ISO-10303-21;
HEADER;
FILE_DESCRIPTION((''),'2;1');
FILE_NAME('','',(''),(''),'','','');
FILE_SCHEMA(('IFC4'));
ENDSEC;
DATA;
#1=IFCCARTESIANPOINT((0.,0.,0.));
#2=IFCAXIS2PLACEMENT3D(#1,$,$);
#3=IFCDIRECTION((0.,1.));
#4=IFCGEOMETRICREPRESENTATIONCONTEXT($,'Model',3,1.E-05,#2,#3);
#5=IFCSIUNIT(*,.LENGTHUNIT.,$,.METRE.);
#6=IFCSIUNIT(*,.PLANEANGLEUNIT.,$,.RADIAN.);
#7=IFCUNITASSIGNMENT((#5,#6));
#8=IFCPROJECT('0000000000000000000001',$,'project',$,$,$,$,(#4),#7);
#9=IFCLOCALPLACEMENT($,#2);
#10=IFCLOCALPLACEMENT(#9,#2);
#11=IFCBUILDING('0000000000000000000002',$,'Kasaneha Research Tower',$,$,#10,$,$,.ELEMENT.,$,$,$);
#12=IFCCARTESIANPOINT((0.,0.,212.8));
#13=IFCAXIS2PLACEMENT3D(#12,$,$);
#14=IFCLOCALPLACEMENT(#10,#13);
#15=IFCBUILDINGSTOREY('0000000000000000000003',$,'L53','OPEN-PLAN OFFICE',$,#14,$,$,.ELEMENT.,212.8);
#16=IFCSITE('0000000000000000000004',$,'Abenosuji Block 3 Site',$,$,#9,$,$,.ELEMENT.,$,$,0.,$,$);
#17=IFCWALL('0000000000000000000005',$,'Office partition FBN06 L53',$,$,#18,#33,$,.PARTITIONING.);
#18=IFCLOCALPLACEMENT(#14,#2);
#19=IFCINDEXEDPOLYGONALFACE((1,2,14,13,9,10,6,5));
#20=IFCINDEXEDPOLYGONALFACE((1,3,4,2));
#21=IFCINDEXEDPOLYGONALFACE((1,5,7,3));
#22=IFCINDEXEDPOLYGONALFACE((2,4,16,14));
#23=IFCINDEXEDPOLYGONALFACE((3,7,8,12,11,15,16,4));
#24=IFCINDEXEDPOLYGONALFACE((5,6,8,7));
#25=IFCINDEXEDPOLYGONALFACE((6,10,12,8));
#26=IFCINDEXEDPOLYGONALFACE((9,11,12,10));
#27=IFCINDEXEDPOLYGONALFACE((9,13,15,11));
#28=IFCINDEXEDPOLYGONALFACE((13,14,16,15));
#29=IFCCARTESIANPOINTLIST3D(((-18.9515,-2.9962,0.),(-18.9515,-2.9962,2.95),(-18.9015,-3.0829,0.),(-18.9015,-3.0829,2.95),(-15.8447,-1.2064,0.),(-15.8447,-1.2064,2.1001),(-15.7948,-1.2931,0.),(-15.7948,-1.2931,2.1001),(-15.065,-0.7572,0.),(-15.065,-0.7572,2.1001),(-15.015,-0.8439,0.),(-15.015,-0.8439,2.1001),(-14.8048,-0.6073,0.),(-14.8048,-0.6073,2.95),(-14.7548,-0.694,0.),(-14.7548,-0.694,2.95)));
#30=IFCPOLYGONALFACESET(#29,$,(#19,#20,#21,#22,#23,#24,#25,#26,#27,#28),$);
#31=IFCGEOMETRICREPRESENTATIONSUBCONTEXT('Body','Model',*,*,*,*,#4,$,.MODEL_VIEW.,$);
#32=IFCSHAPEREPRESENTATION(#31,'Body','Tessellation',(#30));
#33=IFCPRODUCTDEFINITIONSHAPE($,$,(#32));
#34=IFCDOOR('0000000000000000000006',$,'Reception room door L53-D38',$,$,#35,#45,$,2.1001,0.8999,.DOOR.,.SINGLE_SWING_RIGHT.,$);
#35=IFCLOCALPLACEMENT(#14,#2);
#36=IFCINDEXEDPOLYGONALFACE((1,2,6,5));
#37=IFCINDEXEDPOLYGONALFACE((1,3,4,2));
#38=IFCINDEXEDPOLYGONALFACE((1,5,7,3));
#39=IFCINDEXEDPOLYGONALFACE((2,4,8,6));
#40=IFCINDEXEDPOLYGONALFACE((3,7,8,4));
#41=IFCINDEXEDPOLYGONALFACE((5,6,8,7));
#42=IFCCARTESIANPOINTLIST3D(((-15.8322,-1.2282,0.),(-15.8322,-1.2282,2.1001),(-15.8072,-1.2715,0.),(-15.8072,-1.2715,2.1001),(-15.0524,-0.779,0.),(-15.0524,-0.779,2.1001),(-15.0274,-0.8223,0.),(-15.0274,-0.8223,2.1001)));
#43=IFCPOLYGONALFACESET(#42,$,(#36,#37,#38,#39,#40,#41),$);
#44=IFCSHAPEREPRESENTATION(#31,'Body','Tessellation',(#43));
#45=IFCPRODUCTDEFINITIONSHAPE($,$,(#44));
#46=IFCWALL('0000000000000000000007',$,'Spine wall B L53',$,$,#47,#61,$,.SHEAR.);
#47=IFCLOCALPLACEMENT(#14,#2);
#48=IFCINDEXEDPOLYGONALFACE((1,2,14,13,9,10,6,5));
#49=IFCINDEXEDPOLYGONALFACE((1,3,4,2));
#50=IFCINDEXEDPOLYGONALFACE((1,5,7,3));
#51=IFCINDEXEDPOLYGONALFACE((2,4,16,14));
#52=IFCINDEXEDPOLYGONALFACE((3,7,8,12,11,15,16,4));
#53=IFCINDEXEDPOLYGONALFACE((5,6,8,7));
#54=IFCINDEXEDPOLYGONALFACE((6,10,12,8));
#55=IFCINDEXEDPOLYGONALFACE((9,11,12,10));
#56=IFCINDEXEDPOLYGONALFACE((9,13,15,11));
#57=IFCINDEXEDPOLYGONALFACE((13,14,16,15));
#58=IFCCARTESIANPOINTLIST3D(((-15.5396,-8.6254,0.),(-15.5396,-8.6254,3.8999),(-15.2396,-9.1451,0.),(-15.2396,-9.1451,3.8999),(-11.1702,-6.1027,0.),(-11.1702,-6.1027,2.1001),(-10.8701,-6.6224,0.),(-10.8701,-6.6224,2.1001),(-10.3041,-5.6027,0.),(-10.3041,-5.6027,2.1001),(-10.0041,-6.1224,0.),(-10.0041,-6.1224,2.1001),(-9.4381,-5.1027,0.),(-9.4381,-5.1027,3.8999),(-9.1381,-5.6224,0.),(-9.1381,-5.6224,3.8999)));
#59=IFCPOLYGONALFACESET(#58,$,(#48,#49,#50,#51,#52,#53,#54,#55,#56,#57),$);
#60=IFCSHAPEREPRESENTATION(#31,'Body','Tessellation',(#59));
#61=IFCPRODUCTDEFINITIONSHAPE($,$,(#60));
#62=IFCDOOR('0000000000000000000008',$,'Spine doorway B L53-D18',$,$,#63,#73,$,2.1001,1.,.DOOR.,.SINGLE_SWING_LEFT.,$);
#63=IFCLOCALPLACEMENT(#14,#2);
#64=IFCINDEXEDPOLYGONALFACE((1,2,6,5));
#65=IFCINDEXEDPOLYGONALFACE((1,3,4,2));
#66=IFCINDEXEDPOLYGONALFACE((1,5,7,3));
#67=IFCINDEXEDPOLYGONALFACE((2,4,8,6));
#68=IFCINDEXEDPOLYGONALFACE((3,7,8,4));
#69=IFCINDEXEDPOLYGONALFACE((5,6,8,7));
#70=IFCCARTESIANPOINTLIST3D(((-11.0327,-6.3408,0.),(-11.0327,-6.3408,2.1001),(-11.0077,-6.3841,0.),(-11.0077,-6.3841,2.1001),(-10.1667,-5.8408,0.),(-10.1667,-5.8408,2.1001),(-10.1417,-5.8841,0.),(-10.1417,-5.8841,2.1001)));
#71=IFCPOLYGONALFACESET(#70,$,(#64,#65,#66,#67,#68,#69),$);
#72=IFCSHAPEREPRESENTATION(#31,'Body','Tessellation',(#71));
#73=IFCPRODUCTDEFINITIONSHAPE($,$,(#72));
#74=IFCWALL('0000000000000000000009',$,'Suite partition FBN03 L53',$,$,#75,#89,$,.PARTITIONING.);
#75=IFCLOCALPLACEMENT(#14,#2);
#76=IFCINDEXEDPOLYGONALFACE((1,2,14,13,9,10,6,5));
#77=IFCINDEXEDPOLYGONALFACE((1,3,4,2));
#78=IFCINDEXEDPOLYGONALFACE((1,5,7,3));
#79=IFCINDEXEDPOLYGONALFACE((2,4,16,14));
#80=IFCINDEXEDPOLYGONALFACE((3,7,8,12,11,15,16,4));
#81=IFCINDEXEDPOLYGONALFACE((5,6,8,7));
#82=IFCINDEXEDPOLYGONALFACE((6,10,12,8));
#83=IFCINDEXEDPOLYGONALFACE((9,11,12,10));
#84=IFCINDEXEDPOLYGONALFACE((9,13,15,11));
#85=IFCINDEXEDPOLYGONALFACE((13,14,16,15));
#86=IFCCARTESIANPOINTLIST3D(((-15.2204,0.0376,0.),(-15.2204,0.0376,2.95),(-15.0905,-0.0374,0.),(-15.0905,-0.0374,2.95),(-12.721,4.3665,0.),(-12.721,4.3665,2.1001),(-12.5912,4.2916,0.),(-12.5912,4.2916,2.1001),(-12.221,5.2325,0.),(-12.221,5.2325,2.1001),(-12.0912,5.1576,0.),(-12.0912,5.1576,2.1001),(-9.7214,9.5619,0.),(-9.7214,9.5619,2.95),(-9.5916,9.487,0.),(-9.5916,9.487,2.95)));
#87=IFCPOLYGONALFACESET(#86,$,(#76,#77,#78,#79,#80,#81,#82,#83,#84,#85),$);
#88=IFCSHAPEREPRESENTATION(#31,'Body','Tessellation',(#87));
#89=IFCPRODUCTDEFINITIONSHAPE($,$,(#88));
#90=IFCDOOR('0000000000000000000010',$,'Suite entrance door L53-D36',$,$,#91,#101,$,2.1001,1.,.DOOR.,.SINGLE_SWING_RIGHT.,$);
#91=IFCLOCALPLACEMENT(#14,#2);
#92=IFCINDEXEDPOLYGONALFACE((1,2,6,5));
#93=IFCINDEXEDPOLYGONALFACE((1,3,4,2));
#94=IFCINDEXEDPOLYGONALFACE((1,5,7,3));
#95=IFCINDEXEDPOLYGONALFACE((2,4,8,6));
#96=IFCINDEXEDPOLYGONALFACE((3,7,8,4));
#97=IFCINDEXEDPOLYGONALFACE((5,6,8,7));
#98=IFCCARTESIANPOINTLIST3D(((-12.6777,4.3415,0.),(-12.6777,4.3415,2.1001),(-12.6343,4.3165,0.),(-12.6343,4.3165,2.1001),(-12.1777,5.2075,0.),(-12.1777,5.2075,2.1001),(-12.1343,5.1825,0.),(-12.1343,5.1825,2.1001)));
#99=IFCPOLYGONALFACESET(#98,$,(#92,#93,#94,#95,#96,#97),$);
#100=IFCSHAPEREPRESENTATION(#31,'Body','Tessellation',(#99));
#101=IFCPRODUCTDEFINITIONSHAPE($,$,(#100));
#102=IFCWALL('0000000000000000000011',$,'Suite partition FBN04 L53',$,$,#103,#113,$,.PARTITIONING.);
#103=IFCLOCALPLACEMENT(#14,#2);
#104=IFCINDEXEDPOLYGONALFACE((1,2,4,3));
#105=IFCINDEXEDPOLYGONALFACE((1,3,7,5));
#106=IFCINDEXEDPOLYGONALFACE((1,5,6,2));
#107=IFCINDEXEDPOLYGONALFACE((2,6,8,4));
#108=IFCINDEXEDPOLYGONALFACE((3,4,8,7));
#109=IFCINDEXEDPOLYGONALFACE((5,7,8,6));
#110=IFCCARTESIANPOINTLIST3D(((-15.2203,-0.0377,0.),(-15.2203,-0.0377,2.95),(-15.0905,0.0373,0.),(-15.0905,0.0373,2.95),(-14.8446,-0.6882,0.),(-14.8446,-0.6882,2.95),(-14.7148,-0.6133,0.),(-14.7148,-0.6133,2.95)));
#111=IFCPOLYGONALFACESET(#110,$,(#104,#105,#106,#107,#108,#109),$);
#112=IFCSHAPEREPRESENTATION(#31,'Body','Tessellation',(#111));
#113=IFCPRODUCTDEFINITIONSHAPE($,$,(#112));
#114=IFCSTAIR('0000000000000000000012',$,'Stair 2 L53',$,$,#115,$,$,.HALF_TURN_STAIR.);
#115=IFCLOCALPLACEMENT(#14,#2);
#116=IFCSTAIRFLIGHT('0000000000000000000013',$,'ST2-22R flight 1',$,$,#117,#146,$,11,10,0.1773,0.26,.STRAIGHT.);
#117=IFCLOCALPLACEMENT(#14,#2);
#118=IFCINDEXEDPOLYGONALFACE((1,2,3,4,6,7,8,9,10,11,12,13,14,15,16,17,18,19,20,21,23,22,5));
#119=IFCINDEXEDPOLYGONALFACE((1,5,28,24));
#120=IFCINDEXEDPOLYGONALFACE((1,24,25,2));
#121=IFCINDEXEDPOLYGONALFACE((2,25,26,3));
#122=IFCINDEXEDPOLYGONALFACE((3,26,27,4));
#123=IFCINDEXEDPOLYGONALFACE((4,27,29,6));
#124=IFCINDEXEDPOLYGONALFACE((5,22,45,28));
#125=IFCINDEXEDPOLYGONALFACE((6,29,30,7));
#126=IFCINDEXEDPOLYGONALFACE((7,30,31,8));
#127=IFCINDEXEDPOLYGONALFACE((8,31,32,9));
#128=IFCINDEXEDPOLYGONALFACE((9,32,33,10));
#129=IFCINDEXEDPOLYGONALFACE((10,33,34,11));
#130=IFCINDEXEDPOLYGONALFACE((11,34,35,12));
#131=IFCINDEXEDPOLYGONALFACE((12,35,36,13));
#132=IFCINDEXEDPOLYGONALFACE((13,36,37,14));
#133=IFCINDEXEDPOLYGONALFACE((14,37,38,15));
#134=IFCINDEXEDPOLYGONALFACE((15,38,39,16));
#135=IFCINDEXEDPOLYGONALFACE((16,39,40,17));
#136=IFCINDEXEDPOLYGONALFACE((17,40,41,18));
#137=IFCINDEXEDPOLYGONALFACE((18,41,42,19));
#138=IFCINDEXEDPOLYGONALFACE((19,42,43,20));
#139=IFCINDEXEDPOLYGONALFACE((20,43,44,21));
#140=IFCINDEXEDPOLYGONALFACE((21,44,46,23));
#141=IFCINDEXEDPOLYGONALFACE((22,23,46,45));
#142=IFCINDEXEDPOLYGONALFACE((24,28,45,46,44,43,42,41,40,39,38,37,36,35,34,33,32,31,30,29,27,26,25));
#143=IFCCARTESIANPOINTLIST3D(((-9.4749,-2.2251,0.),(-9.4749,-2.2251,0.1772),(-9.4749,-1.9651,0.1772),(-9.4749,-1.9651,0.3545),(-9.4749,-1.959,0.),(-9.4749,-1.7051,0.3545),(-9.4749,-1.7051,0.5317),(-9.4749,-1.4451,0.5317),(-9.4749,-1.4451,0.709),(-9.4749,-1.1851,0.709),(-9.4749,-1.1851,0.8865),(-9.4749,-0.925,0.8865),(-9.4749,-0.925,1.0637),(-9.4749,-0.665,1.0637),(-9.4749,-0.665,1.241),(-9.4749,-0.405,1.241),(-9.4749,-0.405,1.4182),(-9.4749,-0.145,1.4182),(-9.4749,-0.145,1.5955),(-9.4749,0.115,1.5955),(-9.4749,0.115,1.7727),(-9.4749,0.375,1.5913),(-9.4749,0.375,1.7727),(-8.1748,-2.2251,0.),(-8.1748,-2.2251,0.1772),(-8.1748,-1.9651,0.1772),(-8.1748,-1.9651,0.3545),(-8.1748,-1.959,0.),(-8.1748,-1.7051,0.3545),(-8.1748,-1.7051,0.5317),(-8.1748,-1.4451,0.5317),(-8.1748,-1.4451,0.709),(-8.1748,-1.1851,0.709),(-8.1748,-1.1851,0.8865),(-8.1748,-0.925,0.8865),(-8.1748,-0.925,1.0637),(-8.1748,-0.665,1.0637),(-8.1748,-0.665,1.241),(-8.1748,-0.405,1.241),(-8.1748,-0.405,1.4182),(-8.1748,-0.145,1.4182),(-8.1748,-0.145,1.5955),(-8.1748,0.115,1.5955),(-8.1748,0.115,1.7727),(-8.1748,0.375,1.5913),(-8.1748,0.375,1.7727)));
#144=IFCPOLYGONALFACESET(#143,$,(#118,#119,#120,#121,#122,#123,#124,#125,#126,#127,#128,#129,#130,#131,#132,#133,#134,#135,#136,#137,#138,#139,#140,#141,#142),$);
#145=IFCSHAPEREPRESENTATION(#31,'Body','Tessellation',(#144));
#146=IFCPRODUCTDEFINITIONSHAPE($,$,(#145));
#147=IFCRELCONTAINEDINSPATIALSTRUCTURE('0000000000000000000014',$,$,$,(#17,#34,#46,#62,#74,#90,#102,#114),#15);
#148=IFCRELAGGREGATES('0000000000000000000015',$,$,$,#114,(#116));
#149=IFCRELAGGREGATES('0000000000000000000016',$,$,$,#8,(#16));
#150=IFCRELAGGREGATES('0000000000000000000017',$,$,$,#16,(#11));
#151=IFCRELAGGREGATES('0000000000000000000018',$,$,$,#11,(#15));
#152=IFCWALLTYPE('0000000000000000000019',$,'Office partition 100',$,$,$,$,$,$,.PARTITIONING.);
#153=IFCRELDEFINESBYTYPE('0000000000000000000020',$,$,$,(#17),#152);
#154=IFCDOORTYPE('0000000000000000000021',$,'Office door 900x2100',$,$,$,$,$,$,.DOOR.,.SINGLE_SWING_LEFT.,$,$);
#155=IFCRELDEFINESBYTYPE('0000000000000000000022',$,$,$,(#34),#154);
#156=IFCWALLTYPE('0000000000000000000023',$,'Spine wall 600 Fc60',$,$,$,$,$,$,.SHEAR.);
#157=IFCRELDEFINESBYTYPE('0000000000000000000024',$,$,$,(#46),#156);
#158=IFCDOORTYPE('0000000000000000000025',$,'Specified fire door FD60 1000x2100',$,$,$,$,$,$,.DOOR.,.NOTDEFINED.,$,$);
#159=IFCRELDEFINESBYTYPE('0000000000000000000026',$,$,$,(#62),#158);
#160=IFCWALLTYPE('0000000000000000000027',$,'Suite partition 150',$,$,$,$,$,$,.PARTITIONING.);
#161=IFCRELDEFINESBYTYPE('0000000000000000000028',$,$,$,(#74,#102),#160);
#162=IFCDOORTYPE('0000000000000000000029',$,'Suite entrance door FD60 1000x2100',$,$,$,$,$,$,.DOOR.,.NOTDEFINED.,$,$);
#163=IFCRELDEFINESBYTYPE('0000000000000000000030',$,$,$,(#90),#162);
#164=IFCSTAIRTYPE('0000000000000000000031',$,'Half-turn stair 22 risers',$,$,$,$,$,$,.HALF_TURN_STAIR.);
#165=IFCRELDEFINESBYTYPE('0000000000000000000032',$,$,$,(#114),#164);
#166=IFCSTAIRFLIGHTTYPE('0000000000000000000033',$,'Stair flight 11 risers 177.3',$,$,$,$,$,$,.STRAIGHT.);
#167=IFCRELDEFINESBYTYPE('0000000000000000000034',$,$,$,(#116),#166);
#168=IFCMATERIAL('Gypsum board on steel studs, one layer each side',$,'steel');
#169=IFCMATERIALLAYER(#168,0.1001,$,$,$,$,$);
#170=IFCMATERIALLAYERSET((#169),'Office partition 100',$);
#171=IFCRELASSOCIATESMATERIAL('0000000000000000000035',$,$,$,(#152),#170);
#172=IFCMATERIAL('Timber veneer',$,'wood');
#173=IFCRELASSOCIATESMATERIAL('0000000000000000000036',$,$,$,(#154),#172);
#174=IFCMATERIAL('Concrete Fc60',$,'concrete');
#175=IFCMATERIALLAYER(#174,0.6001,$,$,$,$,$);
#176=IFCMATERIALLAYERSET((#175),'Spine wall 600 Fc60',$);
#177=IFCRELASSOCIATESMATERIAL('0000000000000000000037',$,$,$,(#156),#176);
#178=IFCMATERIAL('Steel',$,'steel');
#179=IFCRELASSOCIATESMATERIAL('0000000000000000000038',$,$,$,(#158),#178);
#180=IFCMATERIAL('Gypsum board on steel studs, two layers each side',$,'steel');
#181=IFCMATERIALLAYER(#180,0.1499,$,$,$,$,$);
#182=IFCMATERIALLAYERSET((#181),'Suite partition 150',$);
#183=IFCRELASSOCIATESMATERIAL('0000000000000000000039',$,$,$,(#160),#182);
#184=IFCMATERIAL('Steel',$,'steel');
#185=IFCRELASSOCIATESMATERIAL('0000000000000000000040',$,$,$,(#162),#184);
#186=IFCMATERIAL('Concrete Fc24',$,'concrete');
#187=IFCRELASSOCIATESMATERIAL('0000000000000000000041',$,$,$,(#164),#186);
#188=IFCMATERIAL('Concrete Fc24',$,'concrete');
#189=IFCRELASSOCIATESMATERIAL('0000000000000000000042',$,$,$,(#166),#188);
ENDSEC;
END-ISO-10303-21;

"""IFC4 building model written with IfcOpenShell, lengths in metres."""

from ifc_helpers import new_model, si_unit, direction, frame, frame_2d, origin, place, context, subcontext, project, spatial, polyline, rectangle, outline, extrude, material, layer, layer_set, type_object, element, fill, aggregate, save


model = new_model("IFC4")

# Units and contexts
model_context = context("Model", 3, precision=1e-05, world=origin(), true_north=direction((0.0, 1.0)))
body_context = subcontext(model_context, "Body", "Model", "MODEL_VIEW")
ifc_project = project(units=[si_unit("LENGTHUNIT", "METRE"), si_unit("PLANEANGLEUNIT", "RADIAN")], contexts=[model_context])

# Site, building, storey
site_placement = place(None, origin())
site = spatial("IfcSite", under=ifc_project, at=site_placement, Name="Abenosuji Block 3 Site", CompositionType="ELEMENT", RefElevation=0.0)
building_placement = place(site_placement, origin())
building = spatial("IfcBuilding", under=site, at=building_placement, Name="Kasaneha Research Tower", CompositionType="ELEMENT")
storey_placement = place(building_placement, frame((0.0, 0.0, 212.8)))
storey = spatial("IfcBuildingStorey", under=building, at=storey_placement, Name="L53", Description="OPEN-PLAN OFFICE", CompositionType="ELEMENT", Elevation=212.8)

# Walls, openings, doors
ifc_material_1 = material(Name="Gypsum board on steel studs, one layer each side", Category="steel")
ifc_layer_1 = layer(ifc_material_1, 0.1001)
ifc_layer_set_1 = layer_set([ifc_layer_1], Name="Office partition 100")
wall_type_1 = type_object("IfcWallType", Name="Office partition 100", PredefinedType="PARTITIONING", material=ifc_layer_set_1)
wall_1_placement = place(storey_placement, frame((-18.9265, -3.0396, 0.0), z_axis=(0.0, 0.0, 1.0), x_axis=(0.866495, 0.499185, 0.0)))
wall_1 = element("IfcWall", 1, at=wall_1_placement, inside=storey, type_object=wall_type_1, Name="Office partition FBN06 L53", PredefinedType="PARTITIONING", context=body_context, shape_type="SweptSolid", body=[
    extrude(rectangle(XDim=4.7856, YDim=0.1001, at=frame_2d((2.3928, 0.0))), origin(), (0.0, 0.0, 1.0), 2.95),
])
opening_1_placement = place(wall_1_placement, frame((3.5854, 0.0, 0.0)))
opening_1 = element("IfcOpeningElement", 2, at=opening_1_placement, cuts=wall_1, PredefinedType="OPENING", context=body_context, shape_type="SweptSolid", body=[
    extrude(rectangle(XDim=0.8999, YDim=2.1001, at=frame_2d((0.45, 1.05))), frame((0.0, 0.0601, 0.0), z_axis=(0.0, -1.0, 0.0), x_axis=(1.0, 0.0, 0.0)), (0.0, 0.0, 1.0), 0.1201),
])
ifc_material_2 = material(Name="Timber veneer", Category="wood")
door_type_1 = type_object("IfcDoorType", Name="Office door 900x2100", OperationType="SINGLE_SWING_LEFT", PredefinedType="DOOR", material=ifc_material_2)
door_1_placement = place(opening_1_placement, origin())
door_1 = element("IfcDoor", 3, at=door_1_placement, inside=storey, type_object=door_type_1, Name="Reception room door L53-D38", OperationType="SINGLE_SWING_RIGHT", OverallHeight=2.1001, OverallWidth=0.8999, PredefinedType="DOOR", context=body_context, shape_type="SweptSolid", body=[
    extrude(rectangle(XDim=0.8999, YDim=2.1001, at=frame_2d((0.45, 1.05))), frame((0.0, 0.0249, 0.0), z_axis=(0.0, -1.0, 0.0), x_axis=(1.0, 0.0, 0.0)), (0.0, 0.0, 1.0), 0.05),
])
fill(opening_1, door_1)
ifc_material_3 = material(Name="Concrete Fc60", Category="concrete")
ifc_layer_2 = layer(ifc_material_3, 0.6001)
ifc_layer_set_2 = layer_set([ifc_layer_2], Name="Spine wall 600 Fc60")
wall_type_2 = type_object("IfcWallType", Name="Spine wall 600 Fc60", PredefinedType="SHEAR", material=ifc_layer_set_2)
wall_2_placement = place(storey_placement, frame((-9.2881, -5.3625, 0.0), z_axis=(0.0, 0.0, 1.0), x_axis=(-0.866027, -0.499996, 0.0)))
wall_2 = element("IfcWall", 4, at=wall_2_placement, inside=storey, type_object=wall_type_2, Name="Spine wall B L53", PredefinedType="SHEAR", context=body_context, shape_type="SweptSolid", body=[
    extrude(rectangle(XDim=7.0454, YDim=0.6001, at=frame_2d((3.5227, 0.0))), origin(), (0.0, 0.0, 1.0), 3.8999),
])
opening_2_placement = place(wall_2_placement, frame((1.0, 0.0, 0.0)))
opening_2 = element("IfcOpeningElement", 5, at=opening_2_placement, cuts=wall_2, PredefinedType="OPENING", context=body_context, shape_type="SweptSolid", body=[
    extrude(rectangle(XDim=1.0, YDim=2.1001, at=frame_2d((0.5, 1.05))), frame((0.0, 0.3101, 0.0), z_axis=(0.0, -1.0, 0.0), x_axis=(1.0, 0.0, 0.0)), (0.0, 0.0, 1.0), 0.6201),
])
ifc_material_4 = material(Name="Steel", Category="steel")
door_type_2 = type_object("IfcDoorType", Name="Specified fire door FD60 1000x2100", OperationType="NOTDEFINED", PredefinedType="DOOR", material=ifc_material_4)
door_2_placement = place(opening_2_placement, origin())
door_2 = element("IfcDoor", 6, at=door_2_placement, inside=storey, type_object=door_type_2, Name="Spine doorway B L53-D18", OperationType="SINGLE_SWING_LEFT", OverallHeight=2.1001, OverallWidth=1.0, PredefinedType="DOOR", context=body_context, shape_type="SweptSolid", body=[
    extrude(rectangle(XDim=1.0, YDim=2.1001, at=frame_2d((0.5, 1.05))), frame((0.0, 0.0249, 0.0), z_axis=(0.0, -1.0, 0.0), x_axis=(1.0, 0.0, 0.0)), (0.0, 0.0, 1.0), 0.05),
])
fill(opening_2, door_2)
ifc_material_5 = material(Name="Gypsum board on steel studs, two layers each side", Category="steel")
ifc_layer_3 = layer(ifc_material_5, 0.1499)
ifc_layer_set_3 = layer_set([ifc_layer_3], Name="Suite partition 150")
wall_type_3 = type_object("IfcWallType", Name="Suite partition 150", PredefinedType="PARTITIONING", material=ifc_layer_set_3)
wall_3_placement = place(storey_placement, frame((-15.1555, 0.0, 0.0), z_axis=(0.0, 0.0, 1.0), x_axis=(0.500007, 0.866021, 0.0)))
wall_3 = element("IfcWall", 7, at=wall_3_placement, inside=storey, type_object=wall_type_3, Name="Suite partition FBN03 L53", PredefinedType="PARTITIONING", context=body_context, shape_type="SweptSolid", body=[
    extrude(rectangle(XDim=10.9978, YDim=0.1499, at=frame_2d((5.499, 0.0))), origin(), (0.0, 0.0, 1.0), 2.95),
])
opening_3_placement = place(wall_3_placement, frame((4.9988, 0.0, 0.0)))
opening_3 = element("IfcOpeningElement", 8, at=opening_3_placement, cuts=wall_3, PredefinedType="OPENING", context=body_context, shape_type="SweptSolid", body=[
    extrude(rectangle(XDim=1.0, YDim=2.1001, at=frame_2d((0.5, 1.05))), frame((0.0, 0.085, 0.0), z_axis=(0.0, -1.0, 0.0), x_axis=(1.0, 0.0, 0.0)), (0.0, 0.0, 1.0), 0.1699),
])
ifc_material_6 = material(Name="Steel", Category="steel")
door_type_3 = type_object("IfcDoorType", Name="Suite entrance door FD60 1000x2100", OperationType="NOTDEFINED", PredefinedType="DOOR", material=ifc_material_6)
door_3_placement = place(opening_3_placement, origin())
door_3 = element("IfcDoor", 9, at=door_3_placement, inside=storey, type_object=door_type_3, Name="Suite entrance door L53-D36", OperationType="SINGLE_SWING_RIGHT", OverallHeight=2.1001, OverallWidth=1.0, PredefinedType="DOOR", context=body_context, shape_type="SweptSolid", body=[
    extrude(rectangle(XDim=1.0, YDim=2.1001, at=frame_2d((0.5, 1.05))), frame((0.0, 0.0249, 0.0), z_axis=(0.0, -1.0, 0.0), x_axis=(1.0, 0.0, 0.0)), (0.0, 0.0, 1.0), 0.05),
])
fill(opening_3, door_3)

# Wall
wall_4_placement = place(storey_placement, frame((-14.7798, -0.6506, 0.0), z_axis=(0.0, 0.0, 1.0), x_axis=(-0.500088, 0.865975, 0.0)))
element("IfcWall", 10, at=wall_4_placement, inside=storey, type_object=wall_type_3, Name="Suite partition FBN04 L53", PredefinedType="PARTITIONING", context=body_context, shape_type="SweptSolid", body=[
    extrude(rectangle(XDim=0.7512, YDim=0.1499, at=frame_2d((0.3755, 0.0))), origin(), (0.0, 0.0, 1.0), 2.95),
])

# Stair, stair flight
ifc_material_7 = material(Name="Concrete Fc24", Category="concrete")
stair_type = type_object("IfcStairType", Name="Half-turn stair 22 risers", PredefinedType="HALF_TURN_STAIR", material=ifc_material_7)
stair_placement = place(storey_placement, origin())
stair = element("IfcStair", 11, at=stair_placement, inside=storey, type_object=stair_type, Name="Stair 2 L53", PredefinedType="HALF_TURN_STAIR")
ifc_material_8 = material(Name="Concrete Fc24", Category="concrete")
stair_flight_type = type_object("IfcStairFlightType", Name="Stair flight 11 risers 177.3", PredefinedType="STRAIGHT", material=ifc_material_8)
stair_flight_placement = place(storey_placement, frame((-8.825, -2.2251, 0.0), z_axis=(0.0, 0.0, 1.0), x_axis=(0.0, 1.0, 0.0)))
stair_flight = element("IfcStairFlight", 12, at=stair_flight_placement, type_object=stair_flight_type, Name="ST2-22R flight 1", NumberOfRisers=11, NumberOfTreads=10, PredefinedType="STRAIGHT", RiserHeight=0.1773, TreadLength=0.26, context=body_context, shape_type="SweptSolid", body=[
    extrude(outline(polyline([(0.0, 0.0), (0.0, 0.1772), (0.26, 0.1772), (0.26, 0.3545), (0.52, 0.3545), (0.52, 0.5317), (0.78, 0.5317), (0.78, 0.709), (1.04, 0.709), (1.04, 0.8865), (1.3, 0.8865), (1.3, 1.0637), (1.5601, 1.0637), (1.5601, 1.241), (1.8201, 1.241), (1.8201, 1.4182), (2.0801, 1.4182), (2.0801, 1.5955), (2.3401, 1.5955), (2.3401, 1.7727), (2.6001, 1.7727), (2.6001, 1.95), (2.6001, 1.5913), (0.2661, 0.0), (0.0, 0.0)])), frame((0.0, 0.6499, 0.0), z_axis=(0.0, -1.0, 0.0), x_axis=(1.0, 0.0, 0.0)), (0.0, 0.0, 1.0), 1.3),
])
aggregate(stair, [stair_flight])

save(model, "model.ifc")
